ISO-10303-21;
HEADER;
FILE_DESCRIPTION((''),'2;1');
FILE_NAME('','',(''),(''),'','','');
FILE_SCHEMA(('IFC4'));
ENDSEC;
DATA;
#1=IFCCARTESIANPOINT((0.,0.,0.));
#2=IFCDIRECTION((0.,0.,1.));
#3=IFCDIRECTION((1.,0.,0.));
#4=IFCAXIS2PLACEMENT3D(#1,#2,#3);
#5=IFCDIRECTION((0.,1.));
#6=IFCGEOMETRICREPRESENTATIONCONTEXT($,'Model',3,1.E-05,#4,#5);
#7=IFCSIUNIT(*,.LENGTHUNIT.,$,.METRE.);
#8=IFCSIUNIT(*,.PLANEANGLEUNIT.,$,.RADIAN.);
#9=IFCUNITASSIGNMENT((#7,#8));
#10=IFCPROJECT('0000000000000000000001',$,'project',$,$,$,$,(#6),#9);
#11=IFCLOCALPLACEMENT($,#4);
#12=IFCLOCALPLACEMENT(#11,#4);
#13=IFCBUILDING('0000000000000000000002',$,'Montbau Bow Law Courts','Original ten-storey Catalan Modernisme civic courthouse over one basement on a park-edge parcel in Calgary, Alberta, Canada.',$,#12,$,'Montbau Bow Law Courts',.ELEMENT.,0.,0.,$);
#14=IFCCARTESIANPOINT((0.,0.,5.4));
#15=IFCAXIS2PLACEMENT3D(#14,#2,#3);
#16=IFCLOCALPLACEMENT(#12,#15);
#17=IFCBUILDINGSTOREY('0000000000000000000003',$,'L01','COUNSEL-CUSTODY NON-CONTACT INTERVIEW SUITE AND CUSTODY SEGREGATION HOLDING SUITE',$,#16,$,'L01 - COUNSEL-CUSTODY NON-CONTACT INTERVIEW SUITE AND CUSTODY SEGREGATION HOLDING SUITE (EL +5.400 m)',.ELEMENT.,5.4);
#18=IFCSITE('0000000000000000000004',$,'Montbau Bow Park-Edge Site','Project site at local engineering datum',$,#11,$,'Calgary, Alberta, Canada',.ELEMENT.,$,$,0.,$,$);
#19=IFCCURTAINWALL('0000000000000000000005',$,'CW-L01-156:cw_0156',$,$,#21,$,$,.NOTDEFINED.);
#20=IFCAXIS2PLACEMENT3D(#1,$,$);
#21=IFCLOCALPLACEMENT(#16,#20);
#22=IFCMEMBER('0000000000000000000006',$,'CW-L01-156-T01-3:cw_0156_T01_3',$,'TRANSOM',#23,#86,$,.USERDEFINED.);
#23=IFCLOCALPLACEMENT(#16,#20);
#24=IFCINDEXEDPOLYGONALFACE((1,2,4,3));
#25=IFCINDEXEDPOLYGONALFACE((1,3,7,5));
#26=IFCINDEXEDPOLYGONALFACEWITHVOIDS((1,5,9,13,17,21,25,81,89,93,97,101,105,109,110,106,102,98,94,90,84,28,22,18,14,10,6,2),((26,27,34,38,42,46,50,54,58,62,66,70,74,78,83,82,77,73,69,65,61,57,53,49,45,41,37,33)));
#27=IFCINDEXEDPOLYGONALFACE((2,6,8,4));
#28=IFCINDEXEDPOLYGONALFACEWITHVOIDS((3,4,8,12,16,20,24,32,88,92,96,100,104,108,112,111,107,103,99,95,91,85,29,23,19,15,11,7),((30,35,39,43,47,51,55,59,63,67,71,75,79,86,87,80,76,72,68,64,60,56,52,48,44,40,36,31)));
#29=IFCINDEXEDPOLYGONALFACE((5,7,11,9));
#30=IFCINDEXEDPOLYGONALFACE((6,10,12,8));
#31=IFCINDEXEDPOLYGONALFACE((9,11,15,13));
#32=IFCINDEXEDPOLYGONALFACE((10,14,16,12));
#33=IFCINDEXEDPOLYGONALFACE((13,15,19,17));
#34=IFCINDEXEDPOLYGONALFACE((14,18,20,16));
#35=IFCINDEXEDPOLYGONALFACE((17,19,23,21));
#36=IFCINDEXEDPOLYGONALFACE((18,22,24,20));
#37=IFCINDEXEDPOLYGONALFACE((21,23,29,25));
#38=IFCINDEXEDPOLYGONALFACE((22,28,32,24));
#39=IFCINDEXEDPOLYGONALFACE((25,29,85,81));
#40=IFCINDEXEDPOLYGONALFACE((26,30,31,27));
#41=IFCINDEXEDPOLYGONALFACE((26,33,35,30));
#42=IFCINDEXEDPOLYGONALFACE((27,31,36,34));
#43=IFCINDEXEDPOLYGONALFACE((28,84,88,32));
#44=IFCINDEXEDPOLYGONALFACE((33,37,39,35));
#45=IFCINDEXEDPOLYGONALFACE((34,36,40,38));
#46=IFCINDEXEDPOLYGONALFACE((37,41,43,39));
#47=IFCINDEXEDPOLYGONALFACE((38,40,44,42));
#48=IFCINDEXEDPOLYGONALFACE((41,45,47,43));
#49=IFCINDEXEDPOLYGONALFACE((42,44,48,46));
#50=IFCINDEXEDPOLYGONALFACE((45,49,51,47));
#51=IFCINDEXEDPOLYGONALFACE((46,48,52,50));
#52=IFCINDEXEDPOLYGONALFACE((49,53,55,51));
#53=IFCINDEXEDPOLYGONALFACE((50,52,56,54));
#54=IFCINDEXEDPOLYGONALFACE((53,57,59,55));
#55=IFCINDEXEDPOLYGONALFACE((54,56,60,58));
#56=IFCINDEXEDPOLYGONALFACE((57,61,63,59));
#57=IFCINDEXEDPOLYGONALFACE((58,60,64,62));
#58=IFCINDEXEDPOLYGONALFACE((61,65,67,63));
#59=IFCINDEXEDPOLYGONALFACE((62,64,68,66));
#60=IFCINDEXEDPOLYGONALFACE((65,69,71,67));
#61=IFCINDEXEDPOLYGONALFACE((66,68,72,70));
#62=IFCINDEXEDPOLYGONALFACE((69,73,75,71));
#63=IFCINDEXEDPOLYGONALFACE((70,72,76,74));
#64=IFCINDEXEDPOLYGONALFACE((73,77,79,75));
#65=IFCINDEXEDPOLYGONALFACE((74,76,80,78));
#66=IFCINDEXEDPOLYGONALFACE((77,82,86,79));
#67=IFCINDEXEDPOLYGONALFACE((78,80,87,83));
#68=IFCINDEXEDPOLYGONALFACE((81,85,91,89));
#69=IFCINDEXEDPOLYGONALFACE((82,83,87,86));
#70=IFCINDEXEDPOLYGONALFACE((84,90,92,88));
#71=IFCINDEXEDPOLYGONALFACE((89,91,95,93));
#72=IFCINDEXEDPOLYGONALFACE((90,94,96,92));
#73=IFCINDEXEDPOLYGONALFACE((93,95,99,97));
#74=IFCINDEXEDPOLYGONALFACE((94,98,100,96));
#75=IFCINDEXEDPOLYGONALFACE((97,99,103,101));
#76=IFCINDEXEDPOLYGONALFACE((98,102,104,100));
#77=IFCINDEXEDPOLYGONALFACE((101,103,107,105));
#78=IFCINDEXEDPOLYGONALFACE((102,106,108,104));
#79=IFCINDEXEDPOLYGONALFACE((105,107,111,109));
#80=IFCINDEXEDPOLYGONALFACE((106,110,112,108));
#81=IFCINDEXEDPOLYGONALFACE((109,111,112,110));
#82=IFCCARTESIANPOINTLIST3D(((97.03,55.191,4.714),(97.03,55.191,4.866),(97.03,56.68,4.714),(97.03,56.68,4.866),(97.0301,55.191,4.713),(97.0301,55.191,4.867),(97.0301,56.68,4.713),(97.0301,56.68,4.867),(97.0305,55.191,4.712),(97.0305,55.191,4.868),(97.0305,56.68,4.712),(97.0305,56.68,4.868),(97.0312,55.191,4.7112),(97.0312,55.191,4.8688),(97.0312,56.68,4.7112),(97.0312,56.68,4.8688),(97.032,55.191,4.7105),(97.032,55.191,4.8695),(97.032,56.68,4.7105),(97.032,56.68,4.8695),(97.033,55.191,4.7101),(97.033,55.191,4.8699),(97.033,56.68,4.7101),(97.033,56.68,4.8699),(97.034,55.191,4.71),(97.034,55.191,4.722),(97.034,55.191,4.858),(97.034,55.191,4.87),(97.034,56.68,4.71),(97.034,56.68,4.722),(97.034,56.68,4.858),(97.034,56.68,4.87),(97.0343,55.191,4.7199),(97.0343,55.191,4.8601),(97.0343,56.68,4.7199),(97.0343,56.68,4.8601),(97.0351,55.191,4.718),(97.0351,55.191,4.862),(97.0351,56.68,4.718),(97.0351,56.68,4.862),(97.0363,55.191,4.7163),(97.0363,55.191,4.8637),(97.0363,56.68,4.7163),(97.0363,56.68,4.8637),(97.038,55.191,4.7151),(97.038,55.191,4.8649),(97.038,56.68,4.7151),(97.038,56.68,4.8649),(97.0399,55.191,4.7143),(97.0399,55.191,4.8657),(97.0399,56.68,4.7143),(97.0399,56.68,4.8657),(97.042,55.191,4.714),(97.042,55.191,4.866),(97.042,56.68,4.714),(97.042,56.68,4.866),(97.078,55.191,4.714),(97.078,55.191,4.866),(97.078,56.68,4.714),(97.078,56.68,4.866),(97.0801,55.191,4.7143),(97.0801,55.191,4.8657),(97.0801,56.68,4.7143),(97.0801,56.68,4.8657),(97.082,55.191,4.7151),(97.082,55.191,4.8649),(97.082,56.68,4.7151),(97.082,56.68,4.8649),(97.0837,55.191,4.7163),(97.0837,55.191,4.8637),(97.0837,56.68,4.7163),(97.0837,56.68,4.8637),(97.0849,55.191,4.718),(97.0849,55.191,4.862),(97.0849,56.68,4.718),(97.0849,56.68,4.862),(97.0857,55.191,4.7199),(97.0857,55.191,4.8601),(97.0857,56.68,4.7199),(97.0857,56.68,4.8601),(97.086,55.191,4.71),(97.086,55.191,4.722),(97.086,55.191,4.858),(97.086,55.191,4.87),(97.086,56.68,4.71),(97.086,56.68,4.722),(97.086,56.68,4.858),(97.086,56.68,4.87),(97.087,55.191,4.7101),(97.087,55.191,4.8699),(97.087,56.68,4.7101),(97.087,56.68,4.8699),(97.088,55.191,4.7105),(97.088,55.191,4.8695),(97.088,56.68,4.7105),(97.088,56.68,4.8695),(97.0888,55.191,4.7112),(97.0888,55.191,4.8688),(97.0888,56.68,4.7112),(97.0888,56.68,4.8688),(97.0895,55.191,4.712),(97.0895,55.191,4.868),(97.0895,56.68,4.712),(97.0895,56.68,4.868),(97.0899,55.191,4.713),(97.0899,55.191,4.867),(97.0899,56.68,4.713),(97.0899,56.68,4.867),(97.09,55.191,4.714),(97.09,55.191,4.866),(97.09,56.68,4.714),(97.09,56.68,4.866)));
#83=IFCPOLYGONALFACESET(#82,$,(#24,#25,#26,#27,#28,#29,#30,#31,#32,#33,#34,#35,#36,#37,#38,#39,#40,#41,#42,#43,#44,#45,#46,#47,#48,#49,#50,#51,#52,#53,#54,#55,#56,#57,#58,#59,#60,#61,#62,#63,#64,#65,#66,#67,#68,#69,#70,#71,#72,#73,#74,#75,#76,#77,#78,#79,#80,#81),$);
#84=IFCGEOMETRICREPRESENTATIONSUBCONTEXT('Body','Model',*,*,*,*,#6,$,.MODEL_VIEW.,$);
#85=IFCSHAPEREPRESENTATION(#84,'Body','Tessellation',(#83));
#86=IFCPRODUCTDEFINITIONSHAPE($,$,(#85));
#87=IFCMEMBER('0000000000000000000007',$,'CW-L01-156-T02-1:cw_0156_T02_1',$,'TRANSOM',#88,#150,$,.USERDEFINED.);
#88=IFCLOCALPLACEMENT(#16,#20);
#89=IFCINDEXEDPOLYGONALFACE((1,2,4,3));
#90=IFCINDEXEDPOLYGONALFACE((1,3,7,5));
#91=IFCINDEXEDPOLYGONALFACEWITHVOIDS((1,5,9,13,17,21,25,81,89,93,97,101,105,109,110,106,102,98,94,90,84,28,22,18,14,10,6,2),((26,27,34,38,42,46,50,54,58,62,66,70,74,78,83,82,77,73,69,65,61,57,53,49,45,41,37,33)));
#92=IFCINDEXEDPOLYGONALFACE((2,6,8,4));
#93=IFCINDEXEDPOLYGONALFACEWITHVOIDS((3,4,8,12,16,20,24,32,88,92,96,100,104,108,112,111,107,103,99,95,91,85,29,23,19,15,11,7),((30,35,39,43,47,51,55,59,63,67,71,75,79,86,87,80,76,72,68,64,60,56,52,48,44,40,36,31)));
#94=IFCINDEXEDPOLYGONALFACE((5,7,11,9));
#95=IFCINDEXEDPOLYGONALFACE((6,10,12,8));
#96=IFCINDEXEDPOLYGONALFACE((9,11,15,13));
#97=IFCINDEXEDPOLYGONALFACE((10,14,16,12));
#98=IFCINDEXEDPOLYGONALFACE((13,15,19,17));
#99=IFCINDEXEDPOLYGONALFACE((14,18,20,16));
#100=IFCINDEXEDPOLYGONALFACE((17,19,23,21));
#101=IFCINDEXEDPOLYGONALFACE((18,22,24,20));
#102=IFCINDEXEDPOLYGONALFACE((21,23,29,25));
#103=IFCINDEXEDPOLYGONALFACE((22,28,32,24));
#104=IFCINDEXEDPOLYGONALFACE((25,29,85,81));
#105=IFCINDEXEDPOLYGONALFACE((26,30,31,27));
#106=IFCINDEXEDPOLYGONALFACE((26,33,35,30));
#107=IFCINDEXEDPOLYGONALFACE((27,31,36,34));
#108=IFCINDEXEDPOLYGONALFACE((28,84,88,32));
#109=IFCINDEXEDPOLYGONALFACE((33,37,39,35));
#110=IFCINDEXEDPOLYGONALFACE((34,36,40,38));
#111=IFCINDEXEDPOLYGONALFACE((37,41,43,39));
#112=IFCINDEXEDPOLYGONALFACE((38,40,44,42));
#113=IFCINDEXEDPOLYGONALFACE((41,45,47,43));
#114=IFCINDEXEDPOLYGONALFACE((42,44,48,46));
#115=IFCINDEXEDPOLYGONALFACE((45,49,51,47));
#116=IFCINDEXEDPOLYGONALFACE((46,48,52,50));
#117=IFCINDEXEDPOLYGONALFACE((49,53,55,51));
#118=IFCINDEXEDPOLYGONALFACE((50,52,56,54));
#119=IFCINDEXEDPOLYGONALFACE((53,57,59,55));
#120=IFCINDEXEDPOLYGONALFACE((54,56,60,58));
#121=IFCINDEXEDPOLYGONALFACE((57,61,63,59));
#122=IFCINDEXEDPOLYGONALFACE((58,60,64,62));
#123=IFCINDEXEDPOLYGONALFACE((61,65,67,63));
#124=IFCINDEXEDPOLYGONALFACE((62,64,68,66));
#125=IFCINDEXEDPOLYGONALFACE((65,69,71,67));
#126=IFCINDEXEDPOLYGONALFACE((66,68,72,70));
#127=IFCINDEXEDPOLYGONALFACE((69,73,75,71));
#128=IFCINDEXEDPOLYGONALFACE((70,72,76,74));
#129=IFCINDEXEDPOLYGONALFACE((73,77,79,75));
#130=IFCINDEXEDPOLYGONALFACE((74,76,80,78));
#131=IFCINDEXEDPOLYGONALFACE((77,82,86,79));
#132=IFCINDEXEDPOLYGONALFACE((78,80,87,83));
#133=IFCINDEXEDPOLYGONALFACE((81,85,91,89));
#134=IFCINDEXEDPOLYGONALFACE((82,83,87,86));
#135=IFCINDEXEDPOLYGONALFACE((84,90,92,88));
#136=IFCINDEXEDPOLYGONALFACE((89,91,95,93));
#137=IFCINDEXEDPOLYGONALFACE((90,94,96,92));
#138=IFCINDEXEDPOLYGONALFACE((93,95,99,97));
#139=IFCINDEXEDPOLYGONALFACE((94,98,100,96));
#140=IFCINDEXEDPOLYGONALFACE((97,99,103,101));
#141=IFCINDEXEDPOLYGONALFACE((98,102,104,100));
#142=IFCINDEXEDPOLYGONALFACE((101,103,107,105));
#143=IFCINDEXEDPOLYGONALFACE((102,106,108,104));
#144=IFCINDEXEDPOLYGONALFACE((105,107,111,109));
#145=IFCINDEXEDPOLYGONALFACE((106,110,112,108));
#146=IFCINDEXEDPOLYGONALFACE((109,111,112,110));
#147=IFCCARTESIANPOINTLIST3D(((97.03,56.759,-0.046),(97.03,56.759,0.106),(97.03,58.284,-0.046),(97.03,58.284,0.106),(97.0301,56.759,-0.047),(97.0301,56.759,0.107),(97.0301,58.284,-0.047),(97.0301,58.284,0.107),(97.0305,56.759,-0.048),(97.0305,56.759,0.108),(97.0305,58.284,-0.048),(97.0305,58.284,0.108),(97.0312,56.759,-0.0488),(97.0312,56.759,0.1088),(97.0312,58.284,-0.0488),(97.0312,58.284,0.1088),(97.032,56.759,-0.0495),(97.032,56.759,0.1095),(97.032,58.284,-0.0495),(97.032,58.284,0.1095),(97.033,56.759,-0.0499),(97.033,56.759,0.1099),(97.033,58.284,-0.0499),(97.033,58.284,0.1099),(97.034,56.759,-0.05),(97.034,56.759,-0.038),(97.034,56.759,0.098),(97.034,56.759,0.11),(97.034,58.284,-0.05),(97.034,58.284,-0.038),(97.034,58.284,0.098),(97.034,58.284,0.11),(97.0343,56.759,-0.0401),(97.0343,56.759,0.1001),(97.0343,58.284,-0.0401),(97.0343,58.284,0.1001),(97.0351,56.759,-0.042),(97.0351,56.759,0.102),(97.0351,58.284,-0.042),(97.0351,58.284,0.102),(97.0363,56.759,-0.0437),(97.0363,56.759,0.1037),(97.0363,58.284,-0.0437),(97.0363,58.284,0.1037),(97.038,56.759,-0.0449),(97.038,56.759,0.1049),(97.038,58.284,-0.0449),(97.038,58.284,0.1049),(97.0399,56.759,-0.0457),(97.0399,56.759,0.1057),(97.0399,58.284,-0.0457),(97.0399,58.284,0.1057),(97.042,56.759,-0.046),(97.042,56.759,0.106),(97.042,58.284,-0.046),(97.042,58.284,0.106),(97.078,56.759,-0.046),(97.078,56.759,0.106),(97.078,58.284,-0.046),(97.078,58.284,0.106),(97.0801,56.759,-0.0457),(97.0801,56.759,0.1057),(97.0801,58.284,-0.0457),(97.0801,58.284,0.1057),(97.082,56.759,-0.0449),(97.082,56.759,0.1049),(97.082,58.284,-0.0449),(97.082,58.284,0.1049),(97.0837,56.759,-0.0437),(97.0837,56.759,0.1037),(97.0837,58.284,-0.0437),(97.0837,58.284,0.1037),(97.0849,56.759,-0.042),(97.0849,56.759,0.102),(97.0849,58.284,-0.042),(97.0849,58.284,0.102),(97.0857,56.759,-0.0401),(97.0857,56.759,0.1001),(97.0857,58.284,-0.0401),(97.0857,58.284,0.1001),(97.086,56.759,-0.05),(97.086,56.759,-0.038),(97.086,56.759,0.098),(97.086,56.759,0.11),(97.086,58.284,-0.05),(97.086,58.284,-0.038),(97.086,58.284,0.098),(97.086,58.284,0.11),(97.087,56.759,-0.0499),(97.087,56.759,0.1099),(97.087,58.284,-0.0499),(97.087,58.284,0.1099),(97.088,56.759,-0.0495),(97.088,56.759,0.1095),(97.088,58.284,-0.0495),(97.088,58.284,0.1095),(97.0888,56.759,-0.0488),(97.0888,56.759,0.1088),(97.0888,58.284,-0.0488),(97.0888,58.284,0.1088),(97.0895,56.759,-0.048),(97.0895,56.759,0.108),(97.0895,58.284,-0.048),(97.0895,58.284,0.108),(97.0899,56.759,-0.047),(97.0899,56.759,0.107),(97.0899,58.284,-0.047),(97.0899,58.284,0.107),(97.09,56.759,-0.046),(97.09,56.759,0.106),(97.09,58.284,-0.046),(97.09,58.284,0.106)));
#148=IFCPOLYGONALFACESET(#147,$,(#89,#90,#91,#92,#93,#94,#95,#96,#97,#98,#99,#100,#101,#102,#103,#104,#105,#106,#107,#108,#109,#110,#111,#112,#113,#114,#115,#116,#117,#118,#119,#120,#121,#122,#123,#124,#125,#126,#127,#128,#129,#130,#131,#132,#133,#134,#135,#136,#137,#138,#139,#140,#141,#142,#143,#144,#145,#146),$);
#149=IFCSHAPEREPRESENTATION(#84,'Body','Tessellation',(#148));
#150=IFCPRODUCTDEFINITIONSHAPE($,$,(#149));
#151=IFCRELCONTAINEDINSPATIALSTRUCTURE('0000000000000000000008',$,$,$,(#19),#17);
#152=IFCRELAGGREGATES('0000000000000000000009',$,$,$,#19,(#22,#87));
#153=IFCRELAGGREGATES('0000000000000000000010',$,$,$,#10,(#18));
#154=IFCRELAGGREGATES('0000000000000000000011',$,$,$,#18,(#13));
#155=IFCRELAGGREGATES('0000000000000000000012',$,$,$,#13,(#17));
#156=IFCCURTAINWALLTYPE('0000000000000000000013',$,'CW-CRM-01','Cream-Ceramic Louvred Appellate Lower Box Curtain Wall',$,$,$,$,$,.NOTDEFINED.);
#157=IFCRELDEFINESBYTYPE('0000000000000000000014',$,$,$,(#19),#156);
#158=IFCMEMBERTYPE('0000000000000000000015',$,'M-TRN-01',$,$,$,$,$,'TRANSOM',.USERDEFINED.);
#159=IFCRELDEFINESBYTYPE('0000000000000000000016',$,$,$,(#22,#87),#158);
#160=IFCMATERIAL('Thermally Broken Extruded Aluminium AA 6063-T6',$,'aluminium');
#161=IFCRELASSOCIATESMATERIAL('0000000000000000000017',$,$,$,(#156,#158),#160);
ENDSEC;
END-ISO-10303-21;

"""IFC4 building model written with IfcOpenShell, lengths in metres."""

from ifc_helpers import new_model, si_unit, direction, frame, origin_with_axes, origin_2d_with_axis, place, context, subcontext, project, spatial, hollow_rectangle, extrude, material, material_profile, profile_set, type_object, element, aggregate, save


model = new_model("IFC4")

# Units and contexts
model_context = context("Model", 3, precision=1e-05, world=origin_with_axes(), true_north=direction((0.0, 1.0)))
body_context = subcontext(model_context, "Body", "Model", "MODEL_VIEW")
ifc_project = project(units=[si_unit("LENGTHUNIT", "METRE"), si_unit("PLANEANGLEUNIT", "RADIAN")], contexts=[model_context])

# Site, building, storey
site_placement = place(None, origin_with_axes())
site = spatial("IfcSite", under=ifc_project, at=site_placement, Name="Montbau Bow Park-Edge Site", Description="Project site at local engineering datum", LongName="Calgary, Alberta, Canada", CompositionType="ELEMENT", RefElevation=0.0)
building_placement = place(site_placement, origin_with_axes())
building = spatial("IfcBuilding", under=site, at=building_placement, Name="Montbau Bow Law Courts", Description="Original ten-storey Catalan Modernisme civic courthouse over one basement on a park-edge parcel in Calgary, Alberta, Canada.", LongName="Montbau Bow Law Courts", CompositionType="ELEMENT", ElevationOfRefHeight=0.0, ElevationOfTerrain=0.0)
storey_placement = place(building_placement, frame((0.0, 0.0, 5.4), z_axis=(0.0, 0.0, 1.0), x_axis=(1.0, 0.0, 0.0)))
storey = spatial("IfcBuildingStorey", under=building, at=storey_placement, Name="L01", Description="COUNSEL-CUSTODY NON-CONTACT INTERVIEW SUITE AND CUSTODY SEGREGATION HOLDING SUITE", LongName="L01 - COUNSEL-CUSTODY NON-CONTACT INTERVIEW SUITE AND CUSTODY SEGREGATION HOLDING SUITE (EL +5.400 m)", CompositionType="ELEMENT", Elevation=5.4)

# Curtain wall
ifc_material_1 = material(Name="Thermally Broken Extruded Aluminium AA 6063-T6", Category="aluminium")
curtain_wall_type = type_object("IfcCurtainWallType", Name="CW-CRM-01", Description="Cream-Ceramic Louvred Appellate Lower Box Curtain Wall", PredefinedType="NOTDEFINED", material=ifc_material_1)
curtain_wall_1_placement = place(None, frame((97.06, 55.115, 5.4), z_axis=(0.0, 0.0, 1.0), x_axis=(1.0, 0.0, 0.0)))
curtain_wall_1 = element("IfcCurtainWall", 1, at=curtain_wall_1_placement, inside=storey, type_object=curtain_wall_type, Name="CW-L01-156:cw_0156", PredefinedType="NOTDEFINED")

# Members
ifc_material_profile_1 = material_profile(ifc_material_1, hollow_rectangle(XDim=0.06, YDim=0.16, WallThickness=0.004, InnerFilletRadius=0.008, OuterFilletRadius=0.004, at=origin_2d_with_axis()), Name="CWT-160X60", Category="Main", Priority=0)
ifc_profile_set_1 = profile_set([ifc_material_profile_1], Name="Thermally Broken Extruded Aluminium AA 6063-T6")
member_type_1 = type_object("IfcMemberType", Name="M-TRN-01", ElementType="TRANSOM", PredefinedType="USERDEFINED", material=ifc_profile_set_1)
member_1_placement = place(None, frame((97.06, 55.191, 10.19), z_axis=(0.0, 1.0, 0.0), x_axis=(-1.0, 0.0, 0.0)))
member_1 = element("IfcMember", 2, at=member_1_placement, type_object=member_type_1, Name="CW-L01-156-T01-3:cw_0156_T01_3", ObjectType="TRANSOM", PredefinedType="USERDEFINED", context=body_context, shape_type="SweptSolid", body=[
    extrude(hollow_rectangle(XDim=0.06, YDim=0.16, WallThickness=0.004, InnerFilletRadius=0.008, OuterFilletRadius=0.004, at=origin_2d_with_axis()), origin_with_axes(), (0.0, 0.0, 1.0), 1.489),
])
member_2_placement = place(None, frame((97.06, 56.759, 5.43), z_axis=(0.0, 1.0, 0.0), x_axis=(-1.0, 0.0, 0.0)))
member_2 = element("IfcMember", 3, at=member_2_placement, type_object=member_type_1, Name="CW-L01-156-T02-1:cw_0156_T02_1", ObjectType="TRANSOM", PredefinedType="USERDEFINED", context=body_context, shape_type="SweptSolid", body=[
    extrude(hollow_rectangle(XDim=0.06, YDim=0.16, WallThickness=0.004, InnerFilletRadius=0.008, OuterFilletRadius=0.004, at=origin_2d_with_axis()), origin_with_axes(), (0.0, 0.0, 1.0), 1.525),
])

aggregate(curtain_wall_1, [member_1, member_2])

save(model, "model.ifc")
